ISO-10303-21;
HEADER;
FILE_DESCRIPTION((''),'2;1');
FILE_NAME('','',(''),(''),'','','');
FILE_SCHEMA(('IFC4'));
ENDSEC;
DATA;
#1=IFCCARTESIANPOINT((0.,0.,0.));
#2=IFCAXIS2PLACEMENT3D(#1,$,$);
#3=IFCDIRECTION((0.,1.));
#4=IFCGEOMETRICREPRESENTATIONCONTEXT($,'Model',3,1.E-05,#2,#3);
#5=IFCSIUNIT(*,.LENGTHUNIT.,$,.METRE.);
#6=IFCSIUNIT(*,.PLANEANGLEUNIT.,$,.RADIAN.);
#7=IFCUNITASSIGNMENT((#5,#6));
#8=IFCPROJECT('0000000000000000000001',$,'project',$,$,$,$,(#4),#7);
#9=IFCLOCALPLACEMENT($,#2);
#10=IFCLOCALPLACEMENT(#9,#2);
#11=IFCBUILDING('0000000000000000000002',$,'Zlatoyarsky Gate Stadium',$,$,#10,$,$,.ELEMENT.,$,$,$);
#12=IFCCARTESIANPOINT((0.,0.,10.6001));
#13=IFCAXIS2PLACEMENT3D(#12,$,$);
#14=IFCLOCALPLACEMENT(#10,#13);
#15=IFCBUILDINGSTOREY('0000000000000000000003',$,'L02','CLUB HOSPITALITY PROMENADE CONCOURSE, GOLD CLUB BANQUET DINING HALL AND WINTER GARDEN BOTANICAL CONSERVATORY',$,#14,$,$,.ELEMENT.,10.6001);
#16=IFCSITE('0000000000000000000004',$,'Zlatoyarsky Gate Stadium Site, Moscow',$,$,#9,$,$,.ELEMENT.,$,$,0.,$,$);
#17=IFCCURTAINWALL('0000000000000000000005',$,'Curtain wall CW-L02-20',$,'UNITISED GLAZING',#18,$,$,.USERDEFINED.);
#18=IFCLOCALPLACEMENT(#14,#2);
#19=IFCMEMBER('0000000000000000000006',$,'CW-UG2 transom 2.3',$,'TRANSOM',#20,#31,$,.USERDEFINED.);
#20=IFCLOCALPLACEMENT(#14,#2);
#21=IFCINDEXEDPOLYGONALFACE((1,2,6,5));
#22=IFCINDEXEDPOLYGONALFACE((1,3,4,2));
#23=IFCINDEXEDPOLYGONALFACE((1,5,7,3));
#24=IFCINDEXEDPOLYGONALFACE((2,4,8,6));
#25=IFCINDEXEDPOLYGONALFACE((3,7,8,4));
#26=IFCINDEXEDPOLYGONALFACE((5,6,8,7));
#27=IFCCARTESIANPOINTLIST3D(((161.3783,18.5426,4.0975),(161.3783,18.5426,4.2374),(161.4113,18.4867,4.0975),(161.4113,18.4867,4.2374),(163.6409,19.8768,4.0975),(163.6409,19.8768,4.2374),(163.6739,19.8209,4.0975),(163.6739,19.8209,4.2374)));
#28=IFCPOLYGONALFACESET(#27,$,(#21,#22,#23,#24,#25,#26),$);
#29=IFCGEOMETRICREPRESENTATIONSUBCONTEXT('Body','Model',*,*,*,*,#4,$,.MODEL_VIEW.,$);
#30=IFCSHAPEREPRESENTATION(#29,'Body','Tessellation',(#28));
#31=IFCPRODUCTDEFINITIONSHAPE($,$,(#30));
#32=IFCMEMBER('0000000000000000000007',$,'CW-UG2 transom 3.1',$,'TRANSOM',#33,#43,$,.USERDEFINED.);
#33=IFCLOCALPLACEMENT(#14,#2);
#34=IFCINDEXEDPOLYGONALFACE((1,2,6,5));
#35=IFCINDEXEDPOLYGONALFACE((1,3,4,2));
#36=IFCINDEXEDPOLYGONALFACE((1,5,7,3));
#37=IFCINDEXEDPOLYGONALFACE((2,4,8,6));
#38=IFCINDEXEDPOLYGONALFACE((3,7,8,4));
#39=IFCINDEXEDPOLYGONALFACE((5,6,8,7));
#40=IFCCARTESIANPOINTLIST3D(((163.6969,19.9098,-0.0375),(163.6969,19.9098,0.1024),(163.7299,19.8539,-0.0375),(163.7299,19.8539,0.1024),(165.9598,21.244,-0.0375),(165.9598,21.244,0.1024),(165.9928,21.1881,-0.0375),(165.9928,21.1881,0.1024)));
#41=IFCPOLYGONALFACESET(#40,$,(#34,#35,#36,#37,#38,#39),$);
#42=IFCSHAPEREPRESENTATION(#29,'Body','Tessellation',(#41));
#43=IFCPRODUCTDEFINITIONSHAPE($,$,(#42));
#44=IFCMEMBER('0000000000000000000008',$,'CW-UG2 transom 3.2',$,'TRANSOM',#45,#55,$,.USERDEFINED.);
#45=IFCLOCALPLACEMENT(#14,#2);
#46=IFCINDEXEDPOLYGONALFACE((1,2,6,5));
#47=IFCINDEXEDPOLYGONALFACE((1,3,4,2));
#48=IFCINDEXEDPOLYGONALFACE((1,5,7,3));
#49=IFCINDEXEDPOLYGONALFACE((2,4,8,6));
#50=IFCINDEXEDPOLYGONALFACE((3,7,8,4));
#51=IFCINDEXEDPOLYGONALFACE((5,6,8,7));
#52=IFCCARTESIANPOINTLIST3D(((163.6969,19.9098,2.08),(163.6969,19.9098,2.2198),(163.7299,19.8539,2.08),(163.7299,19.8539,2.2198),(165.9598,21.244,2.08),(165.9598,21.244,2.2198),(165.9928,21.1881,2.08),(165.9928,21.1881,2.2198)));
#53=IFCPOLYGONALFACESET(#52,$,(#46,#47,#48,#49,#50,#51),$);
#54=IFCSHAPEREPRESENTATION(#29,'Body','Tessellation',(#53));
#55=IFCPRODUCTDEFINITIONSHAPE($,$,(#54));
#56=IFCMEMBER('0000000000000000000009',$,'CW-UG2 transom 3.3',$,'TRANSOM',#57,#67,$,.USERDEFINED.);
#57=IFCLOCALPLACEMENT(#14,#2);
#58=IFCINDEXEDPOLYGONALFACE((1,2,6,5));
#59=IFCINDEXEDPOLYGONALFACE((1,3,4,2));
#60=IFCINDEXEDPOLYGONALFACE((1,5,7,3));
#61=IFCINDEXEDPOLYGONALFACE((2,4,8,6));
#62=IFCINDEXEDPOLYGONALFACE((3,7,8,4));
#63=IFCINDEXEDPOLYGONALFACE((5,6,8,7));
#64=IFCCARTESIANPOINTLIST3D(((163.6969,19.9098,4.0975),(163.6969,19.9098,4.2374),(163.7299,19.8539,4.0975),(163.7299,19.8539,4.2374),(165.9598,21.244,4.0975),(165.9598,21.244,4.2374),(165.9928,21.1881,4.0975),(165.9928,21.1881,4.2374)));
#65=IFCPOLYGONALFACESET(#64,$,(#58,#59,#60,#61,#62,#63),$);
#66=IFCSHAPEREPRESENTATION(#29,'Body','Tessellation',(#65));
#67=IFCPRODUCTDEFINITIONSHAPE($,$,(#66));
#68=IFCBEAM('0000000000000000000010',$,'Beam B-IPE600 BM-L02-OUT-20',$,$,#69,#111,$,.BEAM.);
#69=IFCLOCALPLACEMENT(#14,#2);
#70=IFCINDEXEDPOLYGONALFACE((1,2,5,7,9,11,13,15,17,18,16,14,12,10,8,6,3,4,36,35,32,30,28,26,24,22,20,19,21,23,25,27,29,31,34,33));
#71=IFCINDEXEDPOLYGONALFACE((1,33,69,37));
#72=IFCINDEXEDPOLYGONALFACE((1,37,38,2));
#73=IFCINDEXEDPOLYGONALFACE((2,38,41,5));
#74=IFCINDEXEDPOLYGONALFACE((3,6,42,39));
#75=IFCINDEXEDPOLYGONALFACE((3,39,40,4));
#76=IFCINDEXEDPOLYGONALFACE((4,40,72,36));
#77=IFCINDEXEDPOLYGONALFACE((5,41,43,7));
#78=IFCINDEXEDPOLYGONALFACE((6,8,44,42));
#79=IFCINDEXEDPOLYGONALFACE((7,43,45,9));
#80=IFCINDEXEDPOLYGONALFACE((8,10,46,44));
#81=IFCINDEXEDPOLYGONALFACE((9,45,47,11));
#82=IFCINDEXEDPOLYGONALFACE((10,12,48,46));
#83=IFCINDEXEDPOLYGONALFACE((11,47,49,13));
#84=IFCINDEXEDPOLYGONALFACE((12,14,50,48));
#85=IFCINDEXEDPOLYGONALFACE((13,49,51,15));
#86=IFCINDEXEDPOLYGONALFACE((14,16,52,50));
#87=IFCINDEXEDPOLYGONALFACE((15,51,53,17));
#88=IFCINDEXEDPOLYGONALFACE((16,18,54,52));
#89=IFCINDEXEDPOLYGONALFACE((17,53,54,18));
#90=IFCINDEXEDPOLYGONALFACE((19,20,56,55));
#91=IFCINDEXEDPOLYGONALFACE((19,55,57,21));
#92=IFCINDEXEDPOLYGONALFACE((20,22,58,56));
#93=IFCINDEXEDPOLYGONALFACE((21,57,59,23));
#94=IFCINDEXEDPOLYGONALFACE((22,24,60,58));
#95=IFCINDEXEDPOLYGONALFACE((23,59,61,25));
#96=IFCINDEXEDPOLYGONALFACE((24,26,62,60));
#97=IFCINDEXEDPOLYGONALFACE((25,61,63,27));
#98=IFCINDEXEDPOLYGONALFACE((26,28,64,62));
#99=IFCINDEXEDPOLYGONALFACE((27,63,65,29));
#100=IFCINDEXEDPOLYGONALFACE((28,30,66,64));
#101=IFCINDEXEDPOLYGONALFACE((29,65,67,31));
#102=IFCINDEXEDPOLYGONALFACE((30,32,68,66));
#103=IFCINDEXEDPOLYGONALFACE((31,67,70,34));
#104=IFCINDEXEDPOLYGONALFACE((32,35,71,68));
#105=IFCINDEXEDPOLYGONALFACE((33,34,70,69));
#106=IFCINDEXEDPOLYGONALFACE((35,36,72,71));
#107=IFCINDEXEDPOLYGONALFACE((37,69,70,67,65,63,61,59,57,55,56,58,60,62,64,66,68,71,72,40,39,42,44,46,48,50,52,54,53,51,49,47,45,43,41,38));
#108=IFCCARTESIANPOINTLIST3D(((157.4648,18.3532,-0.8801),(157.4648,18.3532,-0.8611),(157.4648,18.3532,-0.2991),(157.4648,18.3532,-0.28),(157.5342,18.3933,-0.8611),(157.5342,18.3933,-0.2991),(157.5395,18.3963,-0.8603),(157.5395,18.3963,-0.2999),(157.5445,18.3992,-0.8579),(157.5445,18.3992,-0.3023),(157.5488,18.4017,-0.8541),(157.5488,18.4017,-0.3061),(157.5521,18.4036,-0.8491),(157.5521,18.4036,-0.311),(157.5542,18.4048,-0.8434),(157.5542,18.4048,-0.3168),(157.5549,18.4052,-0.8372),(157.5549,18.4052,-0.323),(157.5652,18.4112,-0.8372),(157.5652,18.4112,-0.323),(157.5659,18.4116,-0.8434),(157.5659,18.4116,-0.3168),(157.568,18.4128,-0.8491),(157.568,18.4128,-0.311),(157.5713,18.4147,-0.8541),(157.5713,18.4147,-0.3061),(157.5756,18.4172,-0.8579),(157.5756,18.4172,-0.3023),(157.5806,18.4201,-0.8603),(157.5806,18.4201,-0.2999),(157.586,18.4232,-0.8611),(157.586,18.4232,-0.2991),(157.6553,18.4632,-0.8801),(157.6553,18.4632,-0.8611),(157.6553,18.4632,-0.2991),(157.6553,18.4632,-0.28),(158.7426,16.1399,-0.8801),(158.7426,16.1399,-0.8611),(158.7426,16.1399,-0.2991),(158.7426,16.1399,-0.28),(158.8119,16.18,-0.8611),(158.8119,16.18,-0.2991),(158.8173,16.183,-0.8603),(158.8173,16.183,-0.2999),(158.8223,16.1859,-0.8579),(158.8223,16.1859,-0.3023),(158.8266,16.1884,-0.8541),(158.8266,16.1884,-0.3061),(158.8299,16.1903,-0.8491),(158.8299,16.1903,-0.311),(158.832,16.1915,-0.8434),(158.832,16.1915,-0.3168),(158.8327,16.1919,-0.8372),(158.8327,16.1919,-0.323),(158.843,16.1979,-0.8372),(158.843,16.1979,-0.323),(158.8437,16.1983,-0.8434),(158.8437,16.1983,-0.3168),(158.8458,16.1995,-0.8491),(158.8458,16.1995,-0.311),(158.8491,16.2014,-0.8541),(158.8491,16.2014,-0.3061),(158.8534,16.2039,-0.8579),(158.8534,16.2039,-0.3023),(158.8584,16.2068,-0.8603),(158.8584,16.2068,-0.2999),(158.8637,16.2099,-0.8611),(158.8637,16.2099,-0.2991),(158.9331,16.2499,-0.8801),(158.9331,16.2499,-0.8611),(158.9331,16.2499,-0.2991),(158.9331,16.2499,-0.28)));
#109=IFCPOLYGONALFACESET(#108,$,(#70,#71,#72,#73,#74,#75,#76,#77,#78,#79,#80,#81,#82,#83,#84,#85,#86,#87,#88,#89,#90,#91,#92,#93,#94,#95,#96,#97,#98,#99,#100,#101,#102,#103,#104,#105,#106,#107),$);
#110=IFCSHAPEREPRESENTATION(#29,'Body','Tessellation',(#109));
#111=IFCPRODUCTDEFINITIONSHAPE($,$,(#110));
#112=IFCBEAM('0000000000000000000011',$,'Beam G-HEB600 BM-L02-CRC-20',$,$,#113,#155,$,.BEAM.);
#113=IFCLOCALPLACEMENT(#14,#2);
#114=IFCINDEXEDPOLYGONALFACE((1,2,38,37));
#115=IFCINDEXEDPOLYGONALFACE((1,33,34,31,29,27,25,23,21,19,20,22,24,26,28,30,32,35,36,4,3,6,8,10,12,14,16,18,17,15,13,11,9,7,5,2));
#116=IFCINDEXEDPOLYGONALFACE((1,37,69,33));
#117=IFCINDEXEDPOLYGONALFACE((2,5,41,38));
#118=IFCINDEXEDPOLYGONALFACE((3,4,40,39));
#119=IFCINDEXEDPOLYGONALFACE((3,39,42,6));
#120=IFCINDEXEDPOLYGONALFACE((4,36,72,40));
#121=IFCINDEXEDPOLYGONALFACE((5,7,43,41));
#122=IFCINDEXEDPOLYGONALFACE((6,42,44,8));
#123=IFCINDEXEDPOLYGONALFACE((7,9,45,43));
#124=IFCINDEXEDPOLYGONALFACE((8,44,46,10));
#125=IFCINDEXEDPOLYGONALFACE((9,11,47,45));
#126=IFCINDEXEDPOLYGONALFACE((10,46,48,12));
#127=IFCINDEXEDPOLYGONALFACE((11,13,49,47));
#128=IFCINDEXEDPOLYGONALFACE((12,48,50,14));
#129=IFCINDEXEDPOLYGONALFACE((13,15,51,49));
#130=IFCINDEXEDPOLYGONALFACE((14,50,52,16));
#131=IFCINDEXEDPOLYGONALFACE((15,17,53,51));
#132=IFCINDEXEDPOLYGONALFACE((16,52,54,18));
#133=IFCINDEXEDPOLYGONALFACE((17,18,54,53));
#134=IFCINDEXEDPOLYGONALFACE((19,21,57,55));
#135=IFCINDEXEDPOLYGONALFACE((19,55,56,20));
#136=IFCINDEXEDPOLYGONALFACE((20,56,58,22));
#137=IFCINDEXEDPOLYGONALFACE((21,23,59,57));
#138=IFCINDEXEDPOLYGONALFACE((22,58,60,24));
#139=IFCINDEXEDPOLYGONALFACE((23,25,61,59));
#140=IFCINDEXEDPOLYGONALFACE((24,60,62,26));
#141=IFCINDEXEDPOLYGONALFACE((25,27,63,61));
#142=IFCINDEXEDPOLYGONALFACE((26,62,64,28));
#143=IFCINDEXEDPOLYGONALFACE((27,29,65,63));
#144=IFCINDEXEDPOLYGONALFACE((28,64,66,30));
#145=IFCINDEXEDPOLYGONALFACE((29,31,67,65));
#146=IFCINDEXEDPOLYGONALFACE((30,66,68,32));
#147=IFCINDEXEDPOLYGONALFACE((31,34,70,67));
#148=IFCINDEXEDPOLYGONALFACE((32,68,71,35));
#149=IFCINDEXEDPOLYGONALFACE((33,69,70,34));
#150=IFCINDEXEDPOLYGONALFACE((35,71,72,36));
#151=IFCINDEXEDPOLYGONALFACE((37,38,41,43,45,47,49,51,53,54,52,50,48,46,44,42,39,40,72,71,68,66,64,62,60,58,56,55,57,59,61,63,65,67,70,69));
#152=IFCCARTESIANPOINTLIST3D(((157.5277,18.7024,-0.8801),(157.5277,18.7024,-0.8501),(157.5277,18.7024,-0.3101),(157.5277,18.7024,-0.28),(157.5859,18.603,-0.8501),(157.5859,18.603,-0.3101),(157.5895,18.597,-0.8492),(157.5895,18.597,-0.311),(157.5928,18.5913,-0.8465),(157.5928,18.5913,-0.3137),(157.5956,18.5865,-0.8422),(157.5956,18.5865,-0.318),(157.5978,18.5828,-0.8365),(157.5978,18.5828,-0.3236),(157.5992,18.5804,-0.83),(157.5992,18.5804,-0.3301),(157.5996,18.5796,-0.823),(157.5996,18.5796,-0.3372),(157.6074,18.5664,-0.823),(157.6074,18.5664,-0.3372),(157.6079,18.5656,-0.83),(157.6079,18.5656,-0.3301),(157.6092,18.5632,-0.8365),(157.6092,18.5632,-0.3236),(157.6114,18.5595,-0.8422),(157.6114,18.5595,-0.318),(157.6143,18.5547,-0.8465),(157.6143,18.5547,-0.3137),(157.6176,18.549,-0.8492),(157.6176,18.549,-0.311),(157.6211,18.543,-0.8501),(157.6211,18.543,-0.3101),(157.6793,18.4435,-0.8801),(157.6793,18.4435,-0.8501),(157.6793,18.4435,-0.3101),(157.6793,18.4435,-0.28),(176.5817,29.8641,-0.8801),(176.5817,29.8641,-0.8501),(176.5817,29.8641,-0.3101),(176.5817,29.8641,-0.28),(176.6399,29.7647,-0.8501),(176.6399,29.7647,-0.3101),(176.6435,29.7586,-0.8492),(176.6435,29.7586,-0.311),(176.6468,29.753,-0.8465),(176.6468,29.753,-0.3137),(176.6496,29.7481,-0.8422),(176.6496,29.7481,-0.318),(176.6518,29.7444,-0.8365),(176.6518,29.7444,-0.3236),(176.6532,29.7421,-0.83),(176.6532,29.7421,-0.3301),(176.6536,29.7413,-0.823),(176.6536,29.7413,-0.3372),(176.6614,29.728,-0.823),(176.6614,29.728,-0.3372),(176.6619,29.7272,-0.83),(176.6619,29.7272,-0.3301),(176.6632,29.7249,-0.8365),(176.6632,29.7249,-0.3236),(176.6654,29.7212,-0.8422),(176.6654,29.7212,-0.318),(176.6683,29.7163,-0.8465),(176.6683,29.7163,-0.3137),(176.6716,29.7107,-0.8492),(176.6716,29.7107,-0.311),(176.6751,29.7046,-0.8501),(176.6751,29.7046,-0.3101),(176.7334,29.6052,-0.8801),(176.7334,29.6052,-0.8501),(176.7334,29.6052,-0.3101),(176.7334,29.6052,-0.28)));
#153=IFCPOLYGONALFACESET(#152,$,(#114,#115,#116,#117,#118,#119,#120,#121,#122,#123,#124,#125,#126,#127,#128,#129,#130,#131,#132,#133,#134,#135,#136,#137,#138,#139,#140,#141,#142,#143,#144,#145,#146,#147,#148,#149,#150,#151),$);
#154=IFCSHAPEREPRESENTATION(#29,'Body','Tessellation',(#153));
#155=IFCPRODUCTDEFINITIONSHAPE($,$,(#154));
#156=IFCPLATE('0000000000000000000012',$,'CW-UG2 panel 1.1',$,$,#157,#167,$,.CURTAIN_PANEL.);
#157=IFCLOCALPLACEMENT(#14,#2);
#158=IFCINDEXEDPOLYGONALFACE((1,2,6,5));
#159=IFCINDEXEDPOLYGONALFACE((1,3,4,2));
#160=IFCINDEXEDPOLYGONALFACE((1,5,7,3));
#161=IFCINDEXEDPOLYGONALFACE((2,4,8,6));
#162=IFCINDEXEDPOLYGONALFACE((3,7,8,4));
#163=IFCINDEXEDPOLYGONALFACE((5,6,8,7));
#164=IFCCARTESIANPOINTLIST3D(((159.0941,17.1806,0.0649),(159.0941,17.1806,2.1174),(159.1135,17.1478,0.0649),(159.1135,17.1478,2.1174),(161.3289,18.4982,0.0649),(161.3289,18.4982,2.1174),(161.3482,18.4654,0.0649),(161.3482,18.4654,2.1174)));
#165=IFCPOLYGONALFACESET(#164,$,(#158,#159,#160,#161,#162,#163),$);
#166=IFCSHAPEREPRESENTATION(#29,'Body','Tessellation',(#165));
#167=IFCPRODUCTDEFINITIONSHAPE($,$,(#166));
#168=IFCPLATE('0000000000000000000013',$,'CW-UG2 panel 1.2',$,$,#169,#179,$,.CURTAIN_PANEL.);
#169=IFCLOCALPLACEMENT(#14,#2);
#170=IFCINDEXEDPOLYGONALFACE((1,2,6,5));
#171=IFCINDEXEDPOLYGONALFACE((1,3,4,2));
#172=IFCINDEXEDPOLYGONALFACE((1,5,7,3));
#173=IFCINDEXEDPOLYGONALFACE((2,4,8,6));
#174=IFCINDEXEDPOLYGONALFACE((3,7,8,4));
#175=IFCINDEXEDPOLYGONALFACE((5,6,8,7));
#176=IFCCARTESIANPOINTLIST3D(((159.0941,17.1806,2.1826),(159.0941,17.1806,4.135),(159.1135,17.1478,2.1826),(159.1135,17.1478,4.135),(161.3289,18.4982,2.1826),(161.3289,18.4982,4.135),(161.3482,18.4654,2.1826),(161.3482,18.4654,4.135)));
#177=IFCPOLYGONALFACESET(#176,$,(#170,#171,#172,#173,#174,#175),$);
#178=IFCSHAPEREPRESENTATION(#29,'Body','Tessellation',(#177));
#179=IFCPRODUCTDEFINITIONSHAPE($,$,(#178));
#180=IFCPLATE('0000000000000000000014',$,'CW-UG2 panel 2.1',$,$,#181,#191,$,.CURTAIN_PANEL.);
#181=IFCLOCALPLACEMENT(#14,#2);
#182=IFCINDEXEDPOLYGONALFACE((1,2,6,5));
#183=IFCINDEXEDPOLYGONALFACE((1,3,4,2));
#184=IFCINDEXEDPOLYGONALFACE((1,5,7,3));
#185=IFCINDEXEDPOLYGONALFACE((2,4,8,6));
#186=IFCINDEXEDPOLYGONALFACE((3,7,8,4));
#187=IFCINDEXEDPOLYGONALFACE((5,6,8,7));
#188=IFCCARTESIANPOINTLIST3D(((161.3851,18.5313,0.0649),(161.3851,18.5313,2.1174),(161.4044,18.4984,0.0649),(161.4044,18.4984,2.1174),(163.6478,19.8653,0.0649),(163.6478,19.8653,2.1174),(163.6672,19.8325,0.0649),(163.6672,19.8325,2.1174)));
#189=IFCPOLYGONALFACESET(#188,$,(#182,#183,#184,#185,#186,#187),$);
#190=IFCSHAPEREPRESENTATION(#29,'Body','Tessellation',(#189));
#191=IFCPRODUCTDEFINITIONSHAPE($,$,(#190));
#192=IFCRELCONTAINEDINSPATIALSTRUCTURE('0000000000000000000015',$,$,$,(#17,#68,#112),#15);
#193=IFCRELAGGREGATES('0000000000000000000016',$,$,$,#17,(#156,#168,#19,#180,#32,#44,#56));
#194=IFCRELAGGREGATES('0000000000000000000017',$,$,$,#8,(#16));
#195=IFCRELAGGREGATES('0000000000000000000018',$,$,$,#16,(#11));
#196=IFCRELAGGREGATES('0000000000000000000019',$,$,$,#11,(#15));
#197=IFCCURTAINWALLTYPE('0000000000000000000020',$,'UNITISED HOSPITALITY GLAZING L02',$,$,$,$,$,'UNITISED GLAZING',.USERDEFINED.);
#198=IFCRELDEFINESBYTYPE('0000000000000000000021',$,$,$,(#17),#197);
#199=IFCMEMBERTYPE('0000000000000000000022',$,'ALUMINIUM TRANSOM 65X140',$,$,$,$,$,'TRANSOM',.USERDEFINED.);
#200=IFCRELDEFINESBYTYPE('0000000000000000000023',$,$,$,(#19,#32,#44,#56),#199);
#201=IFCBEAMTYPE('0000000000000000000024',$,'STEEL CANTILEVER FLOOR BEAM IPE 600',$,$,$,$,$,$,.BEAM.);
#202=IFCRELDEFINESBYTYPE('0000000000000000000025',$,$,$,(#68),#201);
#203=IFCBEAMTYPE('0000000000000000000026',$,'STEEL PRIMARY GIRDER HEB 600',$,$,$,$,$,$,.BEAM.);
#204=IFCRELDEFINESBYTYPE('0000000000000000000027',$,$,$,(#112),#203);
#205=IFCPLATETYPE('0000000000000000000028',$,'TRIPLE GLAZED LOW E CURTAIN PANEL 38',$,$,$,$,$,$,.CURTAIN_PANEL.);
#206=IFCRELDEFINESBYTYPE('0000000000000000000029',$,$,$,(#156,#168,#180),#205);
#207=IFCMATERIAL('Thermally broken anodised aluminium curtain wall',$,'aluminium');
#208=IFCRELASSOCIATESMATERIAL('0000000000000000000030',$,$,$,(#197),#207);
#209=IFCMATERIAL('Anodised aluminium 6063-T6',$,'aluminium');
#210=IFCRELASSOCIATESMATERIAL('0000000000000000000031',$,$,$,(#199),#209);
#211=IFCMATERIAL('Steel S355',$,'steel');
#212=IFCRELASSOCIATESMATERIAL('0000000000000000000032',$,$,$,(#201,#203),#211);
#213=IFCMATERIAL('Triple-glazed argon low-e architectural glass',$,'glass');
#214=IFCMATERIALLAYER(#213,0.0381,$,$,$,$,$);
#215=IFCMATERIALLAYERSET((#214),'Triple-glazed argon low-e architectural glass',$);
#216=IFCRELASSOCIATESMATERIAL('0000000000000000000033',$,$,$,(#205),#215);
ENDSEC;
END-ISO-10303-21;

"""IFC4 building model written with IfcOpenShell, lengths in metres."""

from ifc_helpers import new_model, si_unit, direction, frame, origin, origin_2d, place, context, subcontext, project, spatial, rectangle, i_section, extrude, material, layer, layer_set, material_profile, profile_set, type_object, element, aggregate, save


model = new_model("IFC4")

# Units and contexts
model_context = context("Model", 3, precision=1e-05, world=origin(), true_north=direction((0.0, 1.0)))
body_context = subcontext(model_context, "Body", "Model", "MODEL_VIEW")
ifc_project = project(units=[si_unit("LENGTHUNIT", "METRE"), si_unit("PLANEANGLEUNIT", "RADIAN")], contexts=[model_context])

# Site, building, storey
site_placement = place(None, origin())
site = spatial("IfcSite", under=ifc_project, at=site_placement, Name="Zlatoyarsky Gate Stadium Site, Moscow", CompositionType="ELEMENT", RefElevation=0.0)
building_placement = place(site_placement, origin())
building = spatial("IfcBuilding", under=site, at=building_placement, Name="Zlatoyarsky Gate Stadium", CompositionType="ELEMENT")
storey_placement = place(building_placement, frame((0.0, 0.0, 10.6001)))
storey = spatial("IfcBuildingStorey", under=building, at=storey_placement, Name="L02", Description="CLUB HOSPITALITY PROMENADE CONCOURSE, GOLD CLUB BANQUET DINING HALL AND WINTER GARDEN BOTANICAL CONSERVATORY", CompositionType="ELEMENT", Elevation=10.6001)

# Shared definitions
ifc_material_1 = material(Name="Steel S355", Category="steel")

# Shared definitions
ifc_material_2 = material(Name="Thermally broken anodised aluminium curtain wall", Category="aluminium")
curtain_wall_type = type_object("IfcCurtainWallType", Name="UNITISED HOSPITALITY GLAZING L02", ElementType="UNITISED GLAZING", PredefinedType="USERDEFINED", material=ifc_material_2)
ifc_material_3 = material(Name="Anodised aluminium 6063-T6", Category="aluminium")

# Curtain wall, members
curtain_wall_1_placement = place(storey_placement, origin())
curtain_wall_1 = element("IfcCurtainWall", 1, at=curtain_wall_1_placement, inside=storey, type_object=curtain_wall_type, Name="Curtain wall CW-L02-20", ObjectType="UNITISED GLAZING", PredefinedType="USERDEFINED")
ifc_material_profile_1 = material_profile(ifc_material_3, rectangle(XDim=0.0649, YDim=0.1399, at=origin_2d()), Name="ALU 65X140")
ifc_profile_set_1 = profile_set([ifc_material_profile_1], Name="Anodised aluminium 6063-T6")
member_type_1 = type_object("IfcMemberType", Name="ALUMINIUM TRANSOM 65X140", ElementType="TRANSOM", PredefinedType="USERDEFINED", material=ifc_profile_set_1)
member_1_placement = place(storey_placement, frame((161.3948, 18.5146, 4.1675), z_axis=(0.861396, 0.507934, 0.0), x_axis=(-0.507934, 0.861396, 0.0)))
member_1 = element("IfcMember", 2, at=member_1_placement, type_object=member_type_1, Name="CW-UG2 transom 2.3", ObjectType="TRANSOM", PredefinedType="USERDEFINED", context=body_context, shape_type="SweptSolid", body=[
    extrude(rectangle(XDim=0.0649, YDim=0.1399, at=origin_2d()), origin(), (0.0, 0.0, 1.0), 2.6267),
])
member_2_placement = place(storey_placement, frame((163.7134, 19.8818, 0.0325), z_axis=(0.86142, 0.507893, 0.0), x_axis=(-0.507893, 0.86142, 0.0)))
member_2 = element("IfcMember", 3, at=member_2_placement, type_object=member_type_1, Name="CW-UG2 transom 3.1", ObjectType="TRANSOM", PredefinedType="USERDEFINED", context=body_context, shape_type="SweptSolid", body=[
    extrude(rectangle(XDim=0.0649, YDim=0.1399, at=origin_2d()), origin(), (0.0, 0.0, 1.0), 2.627),
])
member_3_placement = place(storey_placement, frame((163.7134, 19.8818, 2.1499), z_axis=(0.86142, 0.507893, 0.0), x_axis=(-0.507893, 0.86142, 0.0)))
member_3 = element("IfcMember", 4, at=member_3_placement, type_object=member_type_1, Name="CW-UG2 transom 3.2", ObjectType="TRANSOM", PredefinedType="USERDEFINED", context=body_context, shape_type="SweptSolid", body=[
    extrude(rectangle(XDim=0.0649, YDim=0.1399, at=origin_2d()), origin(), (0.0, 0.0, 1.0), 2.627),
])
member_4_placement = place(storey_placement, frame((163.7134, 19.8818, 4.1675), z_axis=(0.86142, 0.507893, 0.0), x_axis=(-0.507893, 0.86142, 0.0)))
member_4 = element("IfcMember", 5, at=member_4_placement, type_object=member_type_1, Name="CW-UG2 transom 3.3", ObjectType="TRANSOM", PredefinedType="USERDEFINED", context=body_context, shape_type="SweptSolid", body=[
    extrude(rectangle(XDim=0.0649, YDim=0.1399, at=origin_2d()), origin(), (0.0, 0.0, 1.0), 2.627),
])

# Beams
ifc_material_profile_2 = material_profile(ifc_material_1, i_section(OverallWidth=0.22, OverallDepth=0.6001, WebThickness=0.012, FlangeThickness=0.019, FilletRadius=0.0239, at=origin_2d()), Name="IPE 600")
ifc_profile_set_2 = profile_set([ifc_material_profile_2], Name="Steel S355")
beam_type_1 = type_object("IfcBeamType", Name="STEEL CANTILEVER FLOOR BEAM IPE 600", PredefinedType="BEAM", material=ifc_profile_set_2)
beam_1_placement = place(storey_placement, frame((157.5601, 18.4082, -0.5801), z_axis=(0.499982, -0.866036, 0.0), x_axis=(0.866036, 0.499982, 0.0)))
element("IfcBeam", 6, at=beam_1_placement, inside=storey, type_object=beam_type_1, Name="Beam B-IPE600 BM-L02-OUT-20", PredefinedType="BEAM", context=body_context, shape_type="SweptSolid", body=[
    extrude(i_section(OverallWidth=0.22, OverallDepth=0.6001, WebThickness=0.012, FlangeThickness=0.019, FilletRadius=0.0239, at=origin_2d()), origin(), (0.0, 0.0, 1.0), 2.5557),
])
ifc_material_profile_3 = material_profile(ifc_material_1, i_section(OverallWidth=0.3, OverallDepth=0.6001, WebThickness=0.0154, FlangeThickness=0.03, FilletRadius=0.0271, at=origin_2d()), Name="HEB 600")
ifc_profile_set_3 = profile_set([ifc_material_profile_3], Name="Steel S355")
beam_type_2 = type_object("IfcBeamType", Name="STEEL PRIMARY GIRDER HEB 600", PredefinedType="BEAM", material=ifc_profile_set_3)
beam_2_placement = place(storey_placement, frame((157.6035, 18.573, -0.5801), z_axis=(0.862855, 0.505452, 0.0), x_axis=(-0.505452, 0.862855, 0.0)))
element("IfcBeam", 7, at=beam_2_placement, inside=storey, type_object=beam_type_2, Name="Beam G-HEB600 BM-L02-CRC-20", PredefinedType="BEAM", context=body_context, shape_type="SweptSolid", body=[
    extrude(i_section(OverallWidth=0.3, OverallDepth=0.6001, WebThickness=0.0154, FlangeThickness=0.03, FilletRadius=0.0271, at=origin_2d()), origin(), (0.0, 0.0, 1.0), 22.0825),
])

# Plates
ifc_material_4 = material(Name="Triple-glazed argon low-e architectural glass", Category="glass")
ifc_layer_1 = layer(ifc_material_4, 0.0381)
ifc_layer_set_1 = layer_set([ifc_layer_1], Name="Triple-glazed argon low-e architectural glass")
plate_type = type_object("IfcPlateType", Name="TRIPLE GLAZED LOW E CURTAIN PANEL 38", PredefinedType="CURTAIN_PANEL", material=ifc_layer_set_1)
plate_1_placement = place(storey_placement, frame((160.2212, 17.823, 0.0649), z_axis=(0.0, 0.0, 1.0), x_axis=(0.861425, 0.507884, 0.0)))
plate_1 = element("IfcPlate", 8, at=plate_1_placement, type_object=plate_type, Name="CW-UG2 panel 1.1", PredefinedType="CURTAIN_PANEL", context=body_context, shape_type="SweptSolid", body=[
    extrude(rectangle(XDim=2.5942, YDim=0.0381, at=origin_2d()), origin(), (0.0, 0.0, 1.0), 2.0525),
])
plate_2_placement = place(storey_placement, frame((160.2212, 17.823, 2.1826), z_axis=(0.0, 0.0, 1.0), x_axis=(0.861425, 0.507884, 0.0)))
plate_2 = element("IfcPlate", 9, at=plate_2_placement, type_object=plate_type, Name="CW-UG2 panel 1.2", PredefinedType="CURTAIN_PANEL", context=body_context, shape_type="SweptSolid", body=[
    extrude(rectangle(XDim=2.5942, YDim=0.0381, at=origin_2d()), origin(), (0.0, 0.0, 1.0), 1.9524),
])
plate_3_placement = place(storey_placement, frame((162.5261, 19.1819, 0.0649), z_axis=(0.0, 0.0, 1.0), x_axis=(0.861425, 0.507884, 0.0)))
plate_3 = element("IfcPlate", 10, at=plate_3_placement, type_object=plate_type, Name="CW-UG2 panel 2.1", PredefinedType="CURTAIN_PANEL", context=body_context, shape_type="SweptSolid", body=[
    extrude(rectangle(XDim=2.6267, YDim=0.0381, at=origin_2d()), origin(), (0.0, 0.0, 1.0), 2.0525),
])
aggregate(curtain_wall_1, [plate_1, plate_2, member_1, plate_3, member_2, member_3, member_4])

save(model, "model.ifc")
